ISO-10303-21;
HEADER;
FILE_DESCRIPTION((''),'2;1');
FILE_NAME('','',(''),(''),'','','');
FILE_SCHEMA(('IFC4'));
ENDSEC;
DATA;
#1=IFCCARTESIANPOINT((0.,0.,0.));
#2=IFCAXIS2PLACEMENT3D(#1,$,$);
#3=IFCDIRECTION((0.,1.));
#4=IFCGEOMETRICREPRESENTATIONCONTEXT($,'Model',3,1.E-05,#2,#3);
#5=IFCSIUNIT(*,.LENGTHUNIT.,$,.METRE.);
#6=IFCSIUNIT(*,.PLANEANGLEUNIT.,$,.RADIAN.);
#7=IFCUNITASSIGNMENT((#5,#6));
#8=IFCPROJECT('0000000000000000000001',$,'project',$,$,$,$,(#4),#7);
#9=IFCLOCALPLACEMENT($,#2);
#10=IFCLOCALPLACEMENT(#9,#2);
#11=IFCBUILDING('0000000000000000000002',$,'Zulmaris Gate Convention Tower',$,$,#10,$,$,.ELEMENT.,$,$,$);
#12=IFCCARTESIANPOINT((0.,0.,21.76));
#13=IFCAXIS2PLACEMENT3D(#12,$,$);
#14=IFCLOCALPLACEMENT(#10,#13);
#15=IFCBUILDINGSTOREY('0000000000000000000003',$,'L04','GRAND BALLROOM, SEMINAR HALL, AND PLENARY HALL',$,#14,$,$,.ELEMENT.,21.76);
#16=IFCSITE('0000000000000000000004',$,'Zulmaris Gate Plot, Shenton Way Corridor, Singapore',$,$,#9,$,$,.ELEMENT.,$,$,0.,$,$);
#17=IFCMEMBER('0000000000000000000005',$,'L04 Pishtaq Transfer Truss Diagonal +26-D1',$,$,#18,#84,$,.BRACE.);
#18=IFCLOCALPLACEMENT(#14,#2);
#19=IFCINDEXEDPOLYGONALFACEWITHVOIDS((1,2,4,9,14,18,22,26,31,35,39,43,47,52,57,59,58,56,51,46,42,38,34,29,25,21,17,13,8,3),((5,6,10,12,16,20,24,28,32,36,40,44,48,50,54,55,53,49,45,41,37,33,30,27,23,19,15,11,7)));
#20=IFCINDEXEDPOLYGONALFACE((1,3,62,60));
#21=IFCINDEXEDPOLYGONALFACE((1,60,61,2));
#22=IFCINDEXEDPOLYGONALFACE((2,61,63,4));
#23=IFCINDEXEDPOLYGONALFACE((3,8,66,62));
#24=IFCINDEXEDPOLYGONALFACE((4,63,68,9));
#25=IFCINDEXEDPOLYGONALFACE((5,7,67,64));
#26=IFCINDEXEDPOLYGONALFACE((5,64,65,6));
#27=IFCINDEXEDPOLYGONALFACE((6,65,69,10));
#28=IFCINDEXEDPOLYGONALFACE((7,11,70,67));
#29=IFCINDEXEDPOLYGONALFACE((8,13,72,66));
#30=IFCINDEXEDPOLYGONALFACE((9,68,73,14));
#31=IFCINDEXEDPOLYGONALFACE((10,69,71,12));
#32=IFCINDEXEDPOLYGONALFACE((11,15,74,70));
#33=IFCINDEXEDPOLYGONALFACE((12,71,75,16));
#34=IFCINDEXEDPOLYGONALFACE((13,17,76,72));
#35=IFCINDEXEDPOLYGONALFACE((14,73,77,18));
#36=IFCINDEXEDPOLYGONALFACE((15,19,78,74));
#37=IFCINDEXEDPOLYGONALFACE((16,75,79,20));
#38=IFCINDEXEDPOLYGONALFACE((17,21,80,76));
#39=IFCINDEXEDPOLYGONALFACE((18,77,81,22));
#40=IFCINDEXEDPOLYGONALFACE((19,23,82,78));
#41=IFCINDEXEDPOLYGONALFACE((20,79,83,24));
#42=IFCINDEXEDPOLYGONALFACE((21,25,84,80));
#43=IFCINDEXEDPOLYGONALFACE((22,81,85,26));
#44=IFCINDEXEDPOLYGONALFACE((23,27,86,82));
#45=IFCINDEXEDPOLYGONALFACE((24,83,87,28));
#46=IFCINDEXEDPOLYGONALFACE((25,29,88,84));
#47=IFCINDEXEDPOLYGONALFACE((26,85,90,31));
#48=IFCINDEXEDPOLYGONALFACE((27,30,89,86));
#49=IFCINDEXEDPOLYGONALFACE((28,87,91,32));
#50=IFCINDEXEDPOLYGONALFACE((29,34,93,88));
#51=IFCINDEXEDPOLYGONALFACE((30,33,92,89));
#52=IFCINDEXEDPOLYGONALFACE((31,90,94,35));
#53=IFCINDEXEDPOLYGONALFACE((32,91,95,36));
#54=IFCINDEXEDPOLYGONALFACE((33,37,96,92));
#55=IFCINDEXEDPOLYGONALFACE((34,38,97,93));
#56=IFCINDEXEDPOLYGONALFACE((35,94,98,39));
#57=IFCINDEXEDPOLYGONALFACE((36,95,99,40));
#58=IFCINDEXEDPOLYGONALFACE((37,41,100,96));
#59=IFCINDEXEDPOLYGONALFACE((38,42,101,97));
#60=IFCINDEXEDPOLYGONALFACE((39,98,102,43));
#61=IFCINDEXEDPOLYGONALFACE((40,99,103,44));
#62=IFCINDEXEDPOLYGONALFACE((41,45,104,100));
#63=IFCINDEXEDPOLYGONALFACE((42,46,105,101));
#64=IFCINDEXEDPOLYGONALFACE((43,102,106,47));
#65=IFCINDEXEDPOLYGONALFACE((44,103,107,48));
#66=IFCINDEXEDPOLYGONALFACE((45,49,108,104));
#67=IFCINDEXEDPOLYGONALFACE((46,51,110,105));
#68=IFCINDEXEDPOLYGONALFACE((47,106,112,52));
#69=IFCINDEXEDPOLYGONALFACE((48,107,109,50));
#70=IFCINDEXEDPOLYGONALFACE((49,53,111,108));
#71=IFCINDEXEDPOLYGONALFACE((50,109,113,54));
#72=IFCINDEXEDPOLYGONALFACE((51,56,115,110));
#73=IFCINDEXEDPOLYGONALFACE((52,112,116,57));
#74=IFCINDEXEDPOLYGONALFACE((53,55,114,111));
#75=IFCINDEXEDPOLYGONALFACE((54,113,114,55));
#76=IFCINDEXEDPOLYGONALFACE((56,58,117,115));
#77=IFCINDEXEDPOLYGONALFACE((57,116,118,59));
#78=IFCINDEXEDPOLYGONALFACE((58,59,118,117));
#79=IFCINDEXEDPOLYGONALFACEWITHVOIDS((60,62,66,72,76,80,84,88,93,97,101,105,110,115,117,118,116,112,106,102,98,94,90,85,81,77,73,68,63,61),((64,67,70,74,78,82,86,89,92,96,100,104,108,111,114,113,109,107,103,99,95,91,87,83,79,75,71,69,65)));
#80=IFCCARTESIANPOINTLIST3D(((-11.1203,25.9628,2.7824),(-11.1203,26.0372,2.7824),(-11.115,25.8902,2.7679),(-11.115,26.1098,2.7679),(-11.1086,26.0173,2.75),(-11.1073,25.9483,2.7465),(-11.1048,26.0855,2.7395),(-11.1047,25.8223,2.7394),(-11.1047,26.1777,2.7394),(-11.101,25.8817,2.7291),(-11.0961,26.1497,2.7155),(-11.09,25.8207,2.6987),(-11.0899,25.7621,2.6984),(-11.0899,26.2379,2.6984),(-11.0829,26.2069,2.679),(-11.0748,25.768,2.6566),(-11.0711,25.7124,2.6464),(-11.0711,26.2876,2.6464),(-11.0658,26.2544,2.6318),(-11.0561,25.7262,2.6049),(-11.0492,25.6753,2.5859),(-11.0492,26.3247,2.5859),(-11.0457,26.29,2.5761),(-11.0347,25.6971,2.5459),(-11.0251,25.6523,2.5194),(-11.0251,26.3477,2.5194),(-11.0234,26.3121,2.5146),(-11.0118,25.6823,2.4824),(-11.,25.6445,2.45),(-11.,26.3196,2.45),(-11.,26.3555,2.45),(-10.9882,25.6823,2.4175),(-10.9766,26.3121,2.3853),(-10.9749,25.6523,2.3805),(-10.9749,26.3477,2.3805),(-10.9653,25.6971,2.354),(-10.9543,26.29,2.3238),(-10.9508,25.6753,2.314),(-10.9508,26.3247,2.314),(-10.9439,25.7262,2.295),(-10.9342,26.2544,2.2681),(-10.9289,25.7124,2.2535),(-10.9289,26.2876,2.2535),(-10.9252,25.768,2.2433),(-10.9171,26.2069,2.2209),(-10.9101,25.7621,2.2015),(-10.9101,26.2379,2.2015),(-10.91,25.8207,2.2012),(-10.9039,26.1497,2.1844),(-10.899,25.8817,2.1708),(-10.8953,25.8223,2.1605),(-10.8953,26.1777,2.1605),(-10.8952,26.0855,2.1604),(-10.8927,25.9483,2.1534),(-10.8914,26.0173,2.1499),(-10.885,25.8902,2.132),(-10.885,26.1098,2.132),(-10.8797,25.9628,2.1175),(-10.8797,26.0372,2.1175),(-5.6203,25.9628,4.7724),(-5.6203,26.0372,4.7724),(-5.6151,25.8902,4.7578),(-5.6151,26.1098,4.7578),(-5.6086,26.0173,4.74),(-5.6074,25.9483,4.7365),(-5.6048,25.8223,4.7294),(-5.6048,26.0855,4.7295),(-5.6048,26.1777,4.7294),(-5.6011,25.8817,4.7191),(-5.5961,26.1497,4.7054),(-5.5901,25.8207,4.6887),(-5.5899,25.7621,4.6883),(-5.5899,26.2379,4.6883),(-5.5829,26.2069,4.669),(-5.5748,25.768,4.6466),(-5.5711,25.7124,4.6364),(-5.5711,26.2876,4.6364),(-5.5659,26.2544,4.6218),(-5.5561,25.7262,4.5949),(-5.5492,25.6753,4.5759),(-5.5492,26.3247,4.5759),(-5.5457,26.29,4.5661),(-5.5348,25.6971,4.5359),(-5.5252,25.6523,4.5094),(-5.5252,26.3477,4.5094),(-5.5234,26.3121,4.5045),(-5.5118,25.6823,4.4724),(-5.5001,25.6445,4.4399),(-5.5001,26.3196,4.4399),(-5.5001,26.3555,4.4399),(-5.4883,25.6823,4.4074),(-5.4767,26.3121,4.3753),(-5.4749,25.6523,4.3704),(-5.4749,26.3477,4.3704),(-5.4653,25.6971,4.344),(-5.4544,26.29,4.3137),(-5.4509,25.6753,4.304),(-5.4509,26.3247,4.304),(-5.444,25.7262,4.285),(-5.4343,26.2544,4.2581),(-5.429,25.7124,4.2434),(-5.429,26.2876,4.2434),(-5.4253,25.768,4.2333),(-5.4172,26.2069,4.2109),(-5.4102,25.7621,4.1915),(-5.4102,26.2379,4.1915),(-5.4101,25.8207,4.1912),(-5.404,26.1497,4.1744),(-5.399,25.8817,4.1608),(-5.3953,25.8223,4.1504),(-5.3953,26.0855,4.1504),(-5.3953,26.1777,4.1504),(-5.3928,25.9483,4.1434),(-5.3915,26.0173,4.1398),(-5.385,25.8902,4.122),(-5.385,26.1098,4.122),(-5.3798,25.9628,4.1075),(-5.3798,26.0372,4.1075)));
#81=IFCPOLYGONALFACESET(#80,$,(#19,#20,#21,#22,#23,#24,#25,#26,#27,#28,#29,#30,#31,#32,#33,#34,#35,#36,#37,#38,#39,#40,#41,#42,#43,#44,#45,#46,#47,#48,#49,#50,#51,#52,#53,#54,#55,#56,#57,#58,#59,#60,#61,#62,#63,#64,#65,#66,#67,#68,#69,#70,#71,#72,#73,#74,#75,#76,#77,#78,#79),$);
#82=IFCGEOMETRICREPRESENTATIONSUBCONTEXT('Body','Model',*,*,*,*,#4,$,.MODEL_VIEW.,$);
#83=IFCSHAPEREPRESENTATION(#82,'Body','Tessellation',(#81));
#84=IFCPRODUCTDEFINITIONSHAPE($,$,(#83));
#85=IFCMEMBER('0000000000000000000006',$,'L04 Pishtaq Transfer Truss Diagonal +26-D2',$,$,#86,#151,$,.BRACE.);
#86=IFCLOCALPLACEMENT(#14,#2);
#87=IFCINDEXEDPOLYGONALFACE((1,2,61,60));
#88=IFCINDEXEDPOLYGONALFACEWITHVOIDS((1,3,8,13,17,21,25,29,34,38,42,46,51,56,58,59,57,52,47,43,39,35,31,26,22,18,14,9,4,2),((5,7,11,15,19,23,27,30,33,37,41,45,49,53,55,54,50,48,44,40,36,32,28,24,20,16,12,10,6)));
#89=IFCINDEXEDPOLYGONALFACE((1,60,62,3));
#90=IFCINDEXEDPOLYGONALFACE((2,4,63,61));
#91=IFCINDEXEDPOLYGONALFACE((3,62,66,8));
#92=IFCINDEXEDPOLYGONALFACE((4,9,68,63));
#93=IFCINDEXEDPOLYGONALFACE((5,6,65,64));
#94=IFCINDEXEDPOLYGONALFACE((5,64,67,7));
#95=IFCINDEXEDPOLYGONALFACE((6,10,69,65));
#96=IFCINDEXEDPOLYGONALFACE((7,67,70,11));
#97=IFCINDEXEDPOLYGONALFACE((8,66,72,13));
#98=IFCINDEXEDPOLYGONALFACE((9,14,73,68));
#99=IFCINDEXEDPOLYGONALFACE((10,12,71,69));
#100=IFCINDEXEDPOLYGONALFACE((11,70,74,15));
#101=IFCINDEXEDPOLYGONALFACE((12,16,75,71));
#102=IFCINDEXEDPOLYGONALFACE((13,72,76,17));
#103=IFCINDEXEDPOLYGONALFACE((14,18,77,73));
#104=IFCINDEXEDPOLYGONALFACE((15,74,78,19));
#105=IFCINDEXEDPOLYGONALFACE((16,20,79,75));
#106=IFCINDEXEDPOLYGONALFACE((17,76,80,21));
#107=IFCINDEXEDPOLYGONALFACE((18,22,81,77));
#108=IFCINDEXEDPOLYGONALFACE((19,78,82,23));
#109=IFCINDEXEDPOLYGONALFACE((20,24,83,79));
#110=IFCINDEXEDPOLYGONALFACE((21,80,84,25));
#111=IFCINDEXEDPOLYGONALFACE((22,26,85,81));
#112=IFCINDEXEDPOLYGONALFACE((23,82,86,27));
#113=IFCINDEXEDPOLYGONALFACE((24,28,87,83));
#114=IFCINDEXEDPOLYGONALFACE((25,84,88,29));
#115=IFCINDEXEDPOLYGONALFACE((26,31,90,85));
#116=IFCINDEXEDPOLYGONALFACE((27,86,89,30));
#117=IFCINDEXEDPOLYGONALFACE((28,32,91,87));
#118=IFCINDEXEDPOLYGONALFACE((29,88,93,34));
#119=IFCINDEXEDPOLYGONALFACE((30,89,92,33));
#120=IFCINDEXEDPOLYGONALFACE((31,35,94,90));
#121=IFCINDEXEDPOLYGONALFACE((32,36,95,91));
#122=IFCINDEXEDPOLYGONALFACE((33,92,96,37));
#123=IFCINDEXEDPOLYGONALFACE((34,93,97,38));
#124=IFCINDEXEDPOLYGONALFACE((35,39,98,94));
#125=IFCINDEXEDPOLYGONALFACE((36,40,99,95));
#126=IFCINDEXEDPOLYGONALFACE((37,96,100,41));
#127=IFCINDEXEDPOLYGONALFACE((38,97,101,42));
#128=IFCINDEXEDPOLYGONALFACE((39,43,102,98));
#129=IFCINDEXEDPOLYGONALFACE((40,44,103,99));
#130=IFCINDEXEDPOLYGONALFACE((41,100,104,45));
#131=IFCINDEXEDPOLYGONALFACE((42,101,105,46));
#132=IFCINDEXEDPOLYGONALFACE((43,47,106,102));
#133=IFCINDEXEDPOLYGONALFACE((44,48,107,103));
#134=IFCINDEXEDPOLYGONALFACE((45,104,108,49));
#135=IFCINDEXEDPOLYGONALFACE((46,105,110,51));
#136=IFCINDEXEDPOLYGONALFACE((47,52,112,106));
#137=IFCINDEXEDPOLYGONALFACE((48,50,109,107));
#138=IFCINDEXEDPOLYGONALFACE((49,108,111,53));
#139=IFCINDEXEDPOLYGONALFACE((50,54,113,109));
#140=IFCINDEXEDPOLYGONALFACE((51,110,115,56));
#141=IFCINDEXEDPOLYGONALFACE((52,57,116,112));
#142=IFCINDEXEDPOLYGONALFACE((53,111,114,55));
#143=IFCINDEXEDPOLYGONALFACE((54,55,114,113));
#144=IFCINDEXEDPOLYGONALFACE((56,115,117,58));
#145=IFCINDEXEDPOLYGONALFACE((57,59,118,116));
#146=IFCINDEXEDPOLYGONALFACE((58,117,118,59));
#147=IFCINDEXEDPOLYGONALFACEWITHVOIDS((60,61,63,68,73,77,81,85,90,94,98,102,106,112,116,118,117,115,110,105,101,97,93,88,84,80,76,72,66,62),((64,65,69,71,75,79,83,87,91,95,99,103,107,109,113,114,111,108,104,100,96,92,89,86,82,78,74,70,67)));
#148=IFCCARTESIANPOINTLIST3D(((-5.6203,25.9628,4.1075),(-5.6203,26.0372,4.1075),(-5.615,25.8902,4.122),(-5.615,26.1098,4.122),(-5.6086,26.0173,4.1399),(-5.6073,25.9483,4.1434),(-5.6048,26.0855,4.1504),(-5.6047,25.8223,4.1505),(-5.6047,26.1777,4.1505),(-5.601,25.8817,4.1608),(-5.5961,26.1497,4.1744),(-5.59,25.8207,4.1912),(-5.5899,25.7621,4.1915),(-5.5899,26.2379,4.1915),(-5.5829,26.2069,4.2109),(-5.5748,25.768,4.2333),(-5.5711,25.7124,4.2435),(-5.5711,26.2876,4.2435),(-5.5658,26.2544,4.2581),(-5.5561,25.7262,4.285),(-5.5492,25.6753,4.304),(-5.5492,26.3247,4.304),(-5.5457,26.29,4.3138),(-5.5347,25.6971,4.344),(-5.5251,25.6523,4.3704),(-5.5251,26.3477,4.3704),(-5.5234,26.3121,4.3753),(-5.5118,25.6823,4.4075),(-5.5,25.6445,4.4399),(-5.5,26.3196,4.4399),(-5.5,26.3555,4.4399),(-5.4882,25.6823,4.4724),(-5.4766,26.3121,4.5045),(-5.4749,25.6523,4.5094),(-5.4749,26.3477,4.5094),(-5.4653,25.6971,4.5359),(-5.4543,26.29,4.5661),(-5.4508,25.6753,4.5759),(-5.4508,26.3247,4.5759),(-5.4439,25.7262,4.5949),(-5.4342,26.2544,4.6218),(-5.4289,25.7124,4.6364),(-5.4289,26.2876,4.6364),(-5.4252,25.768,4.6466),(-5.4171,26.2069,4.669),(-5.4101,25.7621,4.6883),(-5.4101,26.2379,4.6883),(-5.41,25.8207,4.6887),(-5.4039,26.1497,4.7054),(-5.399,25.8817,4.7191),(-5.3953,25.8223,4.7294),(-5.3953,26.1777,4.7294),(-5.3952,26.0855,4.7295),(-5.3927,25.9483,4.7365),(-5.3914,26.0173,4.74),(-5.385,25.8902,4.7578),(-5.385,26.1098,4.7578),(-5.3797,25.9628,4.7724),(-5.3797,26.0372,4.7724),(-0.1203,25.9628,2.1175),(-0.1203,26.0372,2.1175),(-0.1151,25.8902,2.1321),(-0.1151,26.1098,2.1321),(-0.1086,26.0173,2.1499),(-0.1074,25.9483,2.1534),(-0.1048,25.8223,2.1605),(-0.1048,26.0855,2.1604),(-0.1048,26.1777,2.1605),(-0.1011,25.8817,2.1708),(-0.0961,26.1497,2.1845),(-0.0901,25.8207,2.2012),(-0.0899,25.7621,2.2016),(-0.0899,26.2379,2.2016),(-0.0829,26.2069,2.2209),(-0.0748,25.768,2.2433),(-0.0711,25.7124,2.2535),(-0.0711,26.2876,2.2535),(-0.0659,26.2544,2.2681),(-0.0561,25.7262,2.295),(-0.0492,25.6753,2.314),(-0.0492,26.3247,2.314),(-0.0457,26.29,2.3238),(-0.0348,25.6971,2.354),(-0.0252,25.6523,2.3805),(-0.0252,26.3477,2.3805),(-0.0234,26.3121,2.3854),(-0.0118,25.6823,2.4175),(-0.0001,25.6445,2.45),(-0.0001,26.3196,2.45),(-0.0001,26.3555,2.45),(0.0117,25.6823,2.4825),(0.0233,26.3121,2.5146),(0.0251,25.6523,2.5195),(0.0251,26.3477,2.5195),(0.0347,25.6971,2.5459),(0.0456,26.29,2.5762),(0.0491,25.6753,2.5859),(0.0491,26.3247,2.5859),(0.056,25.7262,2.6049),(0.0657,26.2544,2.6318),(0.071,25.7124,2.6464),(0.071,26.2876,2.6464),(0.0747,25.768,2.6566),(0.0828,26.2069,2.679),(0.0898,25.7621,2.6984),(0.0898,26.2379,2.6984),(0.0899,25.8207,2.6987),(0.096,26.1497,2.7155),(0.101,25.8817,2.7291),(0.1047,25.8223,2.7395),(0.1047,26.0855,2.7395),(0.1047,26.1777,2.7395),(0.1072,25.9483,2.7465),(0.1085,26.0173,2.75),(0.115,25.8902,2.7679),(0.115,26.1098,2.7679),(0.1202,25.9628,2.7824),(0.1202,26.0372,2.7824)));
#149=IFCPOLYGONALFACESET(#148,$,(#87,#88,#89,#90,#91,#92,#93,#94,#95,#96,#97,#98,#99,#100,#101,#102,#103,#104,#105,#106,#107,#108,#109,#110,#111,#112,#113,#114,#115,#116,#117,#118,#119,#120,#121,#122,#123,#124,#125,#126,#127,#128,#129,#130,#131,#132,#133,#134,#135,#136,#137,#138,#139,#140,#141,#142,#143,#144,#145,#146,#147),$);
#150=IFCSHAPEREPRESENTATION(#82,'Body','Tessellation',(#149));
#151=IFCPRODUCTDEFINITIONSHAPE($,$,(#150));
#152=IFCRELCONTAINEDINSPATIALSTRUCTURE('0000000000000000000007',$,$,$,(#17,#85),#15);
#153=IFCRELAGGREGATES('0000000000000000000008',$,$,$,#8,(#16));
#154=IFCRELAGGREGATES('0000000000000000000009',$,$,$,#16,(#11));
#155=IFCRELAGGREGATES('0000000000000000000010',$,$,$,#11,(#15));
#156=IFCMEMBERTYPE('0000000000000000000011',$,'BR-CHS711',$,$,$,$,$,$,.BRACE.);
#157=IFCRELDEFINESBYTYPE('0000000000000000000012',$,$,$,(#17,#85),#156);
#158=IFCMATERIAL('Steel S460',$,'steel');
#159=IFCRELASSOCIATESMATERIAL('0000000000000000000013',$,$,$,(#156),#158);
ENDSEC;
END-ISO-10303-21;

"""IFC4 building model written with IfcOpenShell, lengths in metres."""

from ifc_helpers import new_model, si_unit, direction, frame, origin, origin_2d, place, context, subcontext, project, spatial, hollow_circle, extrude, material, material_profile, profile_set, type_object, element, save


model = new_model("IFC4")

# Units and contexts
model_context = context("Model", 3, precision=1e-05, world=origin(), true_north=direction((0.0, 1.0)))
body_context = subcontext(model_context, "Body", "Model", "MODEL_VIEW")
ifc_project = project(units=[si_unit("LENGTHUNIT", "METRE"), si_unit("PLANEANGLEUNIT", "RADIAN")], contexts=[model_context])

# Site, building, storey
site_placement = place(None, origin())
site = spatial("IfcSite", under=ifc_project, at=site_placement, Name="Zulmaris Gate Plot, Shenton Way Corridor, Singapore", CompositionType="ELEMENT", RefElevation=0.0)
building_placement = place(site_placement, origin())
building = spatial("IfcBuilding", under=site, at=building_placement, Name="Zulmaris Gate Convention Tower", CompositionType="ELEMENT")
storey_placement = place(building_placement, frame((0.0, 0.0, 21.76)))
storey = spatial("IfcBuildingStorey", under=building, at=storey_placement, Name="L04", Description="GRAND BALLROOM, SEMINAR HALL, AND PLENARY HALL", CompositionType="ELEMENT", Elevation=21.76)

# Members
ifc_material_1 = material(Name="Steel S460", Category="steel")
ifc_material_profile_1 = material_profile(ifc_material_1, hollow_circle(Radius=0.3555, WallThickness=0.0359, at=origin_2d()), Name="CHS 711x36")
ifc_profile_set_1 = profile_set([ifc_material_profile_1], Name="Steel S460")
member_type_1 = type_object("IfcMemberType", Name="BR-CHS711", PredefinedType="BRACE", material=ifc_profile_set_1)
for number, where, z_axis, x_axis, name in (
    (1, (-11.0, 26.0, 2.45), (0.940342, 0.0, 0.340231), (0.0, 1.0, 0.0), "L04 Pishtaq Transfer Truss Diagonal +26-D1"),
    (2, (-5.5, 26.0, 4.4399), (0.940342, 0.0, -0.340231), (0.0, 1.0, 0.0), "L04 Pishtaq Transfer Truss Diagonal +26-D2"),
):
    element("IfcMember", number, at=place(storey_placement, frame(where, z_axis=z_axis, x_axis=x_axis)), inside=storey, type_object=member_type_1, Name=name, PredefinedType="BRACE", context=body_context, shape_type="SweptSolid", body=[
        extrude(hollow_circle(Radius=0.3555, WallThickness=0.0359, at=origin_2d()), origin(), (0.0, 0.0, 1.0), 5.8489),
    ])

save(model, "model.ifc")
